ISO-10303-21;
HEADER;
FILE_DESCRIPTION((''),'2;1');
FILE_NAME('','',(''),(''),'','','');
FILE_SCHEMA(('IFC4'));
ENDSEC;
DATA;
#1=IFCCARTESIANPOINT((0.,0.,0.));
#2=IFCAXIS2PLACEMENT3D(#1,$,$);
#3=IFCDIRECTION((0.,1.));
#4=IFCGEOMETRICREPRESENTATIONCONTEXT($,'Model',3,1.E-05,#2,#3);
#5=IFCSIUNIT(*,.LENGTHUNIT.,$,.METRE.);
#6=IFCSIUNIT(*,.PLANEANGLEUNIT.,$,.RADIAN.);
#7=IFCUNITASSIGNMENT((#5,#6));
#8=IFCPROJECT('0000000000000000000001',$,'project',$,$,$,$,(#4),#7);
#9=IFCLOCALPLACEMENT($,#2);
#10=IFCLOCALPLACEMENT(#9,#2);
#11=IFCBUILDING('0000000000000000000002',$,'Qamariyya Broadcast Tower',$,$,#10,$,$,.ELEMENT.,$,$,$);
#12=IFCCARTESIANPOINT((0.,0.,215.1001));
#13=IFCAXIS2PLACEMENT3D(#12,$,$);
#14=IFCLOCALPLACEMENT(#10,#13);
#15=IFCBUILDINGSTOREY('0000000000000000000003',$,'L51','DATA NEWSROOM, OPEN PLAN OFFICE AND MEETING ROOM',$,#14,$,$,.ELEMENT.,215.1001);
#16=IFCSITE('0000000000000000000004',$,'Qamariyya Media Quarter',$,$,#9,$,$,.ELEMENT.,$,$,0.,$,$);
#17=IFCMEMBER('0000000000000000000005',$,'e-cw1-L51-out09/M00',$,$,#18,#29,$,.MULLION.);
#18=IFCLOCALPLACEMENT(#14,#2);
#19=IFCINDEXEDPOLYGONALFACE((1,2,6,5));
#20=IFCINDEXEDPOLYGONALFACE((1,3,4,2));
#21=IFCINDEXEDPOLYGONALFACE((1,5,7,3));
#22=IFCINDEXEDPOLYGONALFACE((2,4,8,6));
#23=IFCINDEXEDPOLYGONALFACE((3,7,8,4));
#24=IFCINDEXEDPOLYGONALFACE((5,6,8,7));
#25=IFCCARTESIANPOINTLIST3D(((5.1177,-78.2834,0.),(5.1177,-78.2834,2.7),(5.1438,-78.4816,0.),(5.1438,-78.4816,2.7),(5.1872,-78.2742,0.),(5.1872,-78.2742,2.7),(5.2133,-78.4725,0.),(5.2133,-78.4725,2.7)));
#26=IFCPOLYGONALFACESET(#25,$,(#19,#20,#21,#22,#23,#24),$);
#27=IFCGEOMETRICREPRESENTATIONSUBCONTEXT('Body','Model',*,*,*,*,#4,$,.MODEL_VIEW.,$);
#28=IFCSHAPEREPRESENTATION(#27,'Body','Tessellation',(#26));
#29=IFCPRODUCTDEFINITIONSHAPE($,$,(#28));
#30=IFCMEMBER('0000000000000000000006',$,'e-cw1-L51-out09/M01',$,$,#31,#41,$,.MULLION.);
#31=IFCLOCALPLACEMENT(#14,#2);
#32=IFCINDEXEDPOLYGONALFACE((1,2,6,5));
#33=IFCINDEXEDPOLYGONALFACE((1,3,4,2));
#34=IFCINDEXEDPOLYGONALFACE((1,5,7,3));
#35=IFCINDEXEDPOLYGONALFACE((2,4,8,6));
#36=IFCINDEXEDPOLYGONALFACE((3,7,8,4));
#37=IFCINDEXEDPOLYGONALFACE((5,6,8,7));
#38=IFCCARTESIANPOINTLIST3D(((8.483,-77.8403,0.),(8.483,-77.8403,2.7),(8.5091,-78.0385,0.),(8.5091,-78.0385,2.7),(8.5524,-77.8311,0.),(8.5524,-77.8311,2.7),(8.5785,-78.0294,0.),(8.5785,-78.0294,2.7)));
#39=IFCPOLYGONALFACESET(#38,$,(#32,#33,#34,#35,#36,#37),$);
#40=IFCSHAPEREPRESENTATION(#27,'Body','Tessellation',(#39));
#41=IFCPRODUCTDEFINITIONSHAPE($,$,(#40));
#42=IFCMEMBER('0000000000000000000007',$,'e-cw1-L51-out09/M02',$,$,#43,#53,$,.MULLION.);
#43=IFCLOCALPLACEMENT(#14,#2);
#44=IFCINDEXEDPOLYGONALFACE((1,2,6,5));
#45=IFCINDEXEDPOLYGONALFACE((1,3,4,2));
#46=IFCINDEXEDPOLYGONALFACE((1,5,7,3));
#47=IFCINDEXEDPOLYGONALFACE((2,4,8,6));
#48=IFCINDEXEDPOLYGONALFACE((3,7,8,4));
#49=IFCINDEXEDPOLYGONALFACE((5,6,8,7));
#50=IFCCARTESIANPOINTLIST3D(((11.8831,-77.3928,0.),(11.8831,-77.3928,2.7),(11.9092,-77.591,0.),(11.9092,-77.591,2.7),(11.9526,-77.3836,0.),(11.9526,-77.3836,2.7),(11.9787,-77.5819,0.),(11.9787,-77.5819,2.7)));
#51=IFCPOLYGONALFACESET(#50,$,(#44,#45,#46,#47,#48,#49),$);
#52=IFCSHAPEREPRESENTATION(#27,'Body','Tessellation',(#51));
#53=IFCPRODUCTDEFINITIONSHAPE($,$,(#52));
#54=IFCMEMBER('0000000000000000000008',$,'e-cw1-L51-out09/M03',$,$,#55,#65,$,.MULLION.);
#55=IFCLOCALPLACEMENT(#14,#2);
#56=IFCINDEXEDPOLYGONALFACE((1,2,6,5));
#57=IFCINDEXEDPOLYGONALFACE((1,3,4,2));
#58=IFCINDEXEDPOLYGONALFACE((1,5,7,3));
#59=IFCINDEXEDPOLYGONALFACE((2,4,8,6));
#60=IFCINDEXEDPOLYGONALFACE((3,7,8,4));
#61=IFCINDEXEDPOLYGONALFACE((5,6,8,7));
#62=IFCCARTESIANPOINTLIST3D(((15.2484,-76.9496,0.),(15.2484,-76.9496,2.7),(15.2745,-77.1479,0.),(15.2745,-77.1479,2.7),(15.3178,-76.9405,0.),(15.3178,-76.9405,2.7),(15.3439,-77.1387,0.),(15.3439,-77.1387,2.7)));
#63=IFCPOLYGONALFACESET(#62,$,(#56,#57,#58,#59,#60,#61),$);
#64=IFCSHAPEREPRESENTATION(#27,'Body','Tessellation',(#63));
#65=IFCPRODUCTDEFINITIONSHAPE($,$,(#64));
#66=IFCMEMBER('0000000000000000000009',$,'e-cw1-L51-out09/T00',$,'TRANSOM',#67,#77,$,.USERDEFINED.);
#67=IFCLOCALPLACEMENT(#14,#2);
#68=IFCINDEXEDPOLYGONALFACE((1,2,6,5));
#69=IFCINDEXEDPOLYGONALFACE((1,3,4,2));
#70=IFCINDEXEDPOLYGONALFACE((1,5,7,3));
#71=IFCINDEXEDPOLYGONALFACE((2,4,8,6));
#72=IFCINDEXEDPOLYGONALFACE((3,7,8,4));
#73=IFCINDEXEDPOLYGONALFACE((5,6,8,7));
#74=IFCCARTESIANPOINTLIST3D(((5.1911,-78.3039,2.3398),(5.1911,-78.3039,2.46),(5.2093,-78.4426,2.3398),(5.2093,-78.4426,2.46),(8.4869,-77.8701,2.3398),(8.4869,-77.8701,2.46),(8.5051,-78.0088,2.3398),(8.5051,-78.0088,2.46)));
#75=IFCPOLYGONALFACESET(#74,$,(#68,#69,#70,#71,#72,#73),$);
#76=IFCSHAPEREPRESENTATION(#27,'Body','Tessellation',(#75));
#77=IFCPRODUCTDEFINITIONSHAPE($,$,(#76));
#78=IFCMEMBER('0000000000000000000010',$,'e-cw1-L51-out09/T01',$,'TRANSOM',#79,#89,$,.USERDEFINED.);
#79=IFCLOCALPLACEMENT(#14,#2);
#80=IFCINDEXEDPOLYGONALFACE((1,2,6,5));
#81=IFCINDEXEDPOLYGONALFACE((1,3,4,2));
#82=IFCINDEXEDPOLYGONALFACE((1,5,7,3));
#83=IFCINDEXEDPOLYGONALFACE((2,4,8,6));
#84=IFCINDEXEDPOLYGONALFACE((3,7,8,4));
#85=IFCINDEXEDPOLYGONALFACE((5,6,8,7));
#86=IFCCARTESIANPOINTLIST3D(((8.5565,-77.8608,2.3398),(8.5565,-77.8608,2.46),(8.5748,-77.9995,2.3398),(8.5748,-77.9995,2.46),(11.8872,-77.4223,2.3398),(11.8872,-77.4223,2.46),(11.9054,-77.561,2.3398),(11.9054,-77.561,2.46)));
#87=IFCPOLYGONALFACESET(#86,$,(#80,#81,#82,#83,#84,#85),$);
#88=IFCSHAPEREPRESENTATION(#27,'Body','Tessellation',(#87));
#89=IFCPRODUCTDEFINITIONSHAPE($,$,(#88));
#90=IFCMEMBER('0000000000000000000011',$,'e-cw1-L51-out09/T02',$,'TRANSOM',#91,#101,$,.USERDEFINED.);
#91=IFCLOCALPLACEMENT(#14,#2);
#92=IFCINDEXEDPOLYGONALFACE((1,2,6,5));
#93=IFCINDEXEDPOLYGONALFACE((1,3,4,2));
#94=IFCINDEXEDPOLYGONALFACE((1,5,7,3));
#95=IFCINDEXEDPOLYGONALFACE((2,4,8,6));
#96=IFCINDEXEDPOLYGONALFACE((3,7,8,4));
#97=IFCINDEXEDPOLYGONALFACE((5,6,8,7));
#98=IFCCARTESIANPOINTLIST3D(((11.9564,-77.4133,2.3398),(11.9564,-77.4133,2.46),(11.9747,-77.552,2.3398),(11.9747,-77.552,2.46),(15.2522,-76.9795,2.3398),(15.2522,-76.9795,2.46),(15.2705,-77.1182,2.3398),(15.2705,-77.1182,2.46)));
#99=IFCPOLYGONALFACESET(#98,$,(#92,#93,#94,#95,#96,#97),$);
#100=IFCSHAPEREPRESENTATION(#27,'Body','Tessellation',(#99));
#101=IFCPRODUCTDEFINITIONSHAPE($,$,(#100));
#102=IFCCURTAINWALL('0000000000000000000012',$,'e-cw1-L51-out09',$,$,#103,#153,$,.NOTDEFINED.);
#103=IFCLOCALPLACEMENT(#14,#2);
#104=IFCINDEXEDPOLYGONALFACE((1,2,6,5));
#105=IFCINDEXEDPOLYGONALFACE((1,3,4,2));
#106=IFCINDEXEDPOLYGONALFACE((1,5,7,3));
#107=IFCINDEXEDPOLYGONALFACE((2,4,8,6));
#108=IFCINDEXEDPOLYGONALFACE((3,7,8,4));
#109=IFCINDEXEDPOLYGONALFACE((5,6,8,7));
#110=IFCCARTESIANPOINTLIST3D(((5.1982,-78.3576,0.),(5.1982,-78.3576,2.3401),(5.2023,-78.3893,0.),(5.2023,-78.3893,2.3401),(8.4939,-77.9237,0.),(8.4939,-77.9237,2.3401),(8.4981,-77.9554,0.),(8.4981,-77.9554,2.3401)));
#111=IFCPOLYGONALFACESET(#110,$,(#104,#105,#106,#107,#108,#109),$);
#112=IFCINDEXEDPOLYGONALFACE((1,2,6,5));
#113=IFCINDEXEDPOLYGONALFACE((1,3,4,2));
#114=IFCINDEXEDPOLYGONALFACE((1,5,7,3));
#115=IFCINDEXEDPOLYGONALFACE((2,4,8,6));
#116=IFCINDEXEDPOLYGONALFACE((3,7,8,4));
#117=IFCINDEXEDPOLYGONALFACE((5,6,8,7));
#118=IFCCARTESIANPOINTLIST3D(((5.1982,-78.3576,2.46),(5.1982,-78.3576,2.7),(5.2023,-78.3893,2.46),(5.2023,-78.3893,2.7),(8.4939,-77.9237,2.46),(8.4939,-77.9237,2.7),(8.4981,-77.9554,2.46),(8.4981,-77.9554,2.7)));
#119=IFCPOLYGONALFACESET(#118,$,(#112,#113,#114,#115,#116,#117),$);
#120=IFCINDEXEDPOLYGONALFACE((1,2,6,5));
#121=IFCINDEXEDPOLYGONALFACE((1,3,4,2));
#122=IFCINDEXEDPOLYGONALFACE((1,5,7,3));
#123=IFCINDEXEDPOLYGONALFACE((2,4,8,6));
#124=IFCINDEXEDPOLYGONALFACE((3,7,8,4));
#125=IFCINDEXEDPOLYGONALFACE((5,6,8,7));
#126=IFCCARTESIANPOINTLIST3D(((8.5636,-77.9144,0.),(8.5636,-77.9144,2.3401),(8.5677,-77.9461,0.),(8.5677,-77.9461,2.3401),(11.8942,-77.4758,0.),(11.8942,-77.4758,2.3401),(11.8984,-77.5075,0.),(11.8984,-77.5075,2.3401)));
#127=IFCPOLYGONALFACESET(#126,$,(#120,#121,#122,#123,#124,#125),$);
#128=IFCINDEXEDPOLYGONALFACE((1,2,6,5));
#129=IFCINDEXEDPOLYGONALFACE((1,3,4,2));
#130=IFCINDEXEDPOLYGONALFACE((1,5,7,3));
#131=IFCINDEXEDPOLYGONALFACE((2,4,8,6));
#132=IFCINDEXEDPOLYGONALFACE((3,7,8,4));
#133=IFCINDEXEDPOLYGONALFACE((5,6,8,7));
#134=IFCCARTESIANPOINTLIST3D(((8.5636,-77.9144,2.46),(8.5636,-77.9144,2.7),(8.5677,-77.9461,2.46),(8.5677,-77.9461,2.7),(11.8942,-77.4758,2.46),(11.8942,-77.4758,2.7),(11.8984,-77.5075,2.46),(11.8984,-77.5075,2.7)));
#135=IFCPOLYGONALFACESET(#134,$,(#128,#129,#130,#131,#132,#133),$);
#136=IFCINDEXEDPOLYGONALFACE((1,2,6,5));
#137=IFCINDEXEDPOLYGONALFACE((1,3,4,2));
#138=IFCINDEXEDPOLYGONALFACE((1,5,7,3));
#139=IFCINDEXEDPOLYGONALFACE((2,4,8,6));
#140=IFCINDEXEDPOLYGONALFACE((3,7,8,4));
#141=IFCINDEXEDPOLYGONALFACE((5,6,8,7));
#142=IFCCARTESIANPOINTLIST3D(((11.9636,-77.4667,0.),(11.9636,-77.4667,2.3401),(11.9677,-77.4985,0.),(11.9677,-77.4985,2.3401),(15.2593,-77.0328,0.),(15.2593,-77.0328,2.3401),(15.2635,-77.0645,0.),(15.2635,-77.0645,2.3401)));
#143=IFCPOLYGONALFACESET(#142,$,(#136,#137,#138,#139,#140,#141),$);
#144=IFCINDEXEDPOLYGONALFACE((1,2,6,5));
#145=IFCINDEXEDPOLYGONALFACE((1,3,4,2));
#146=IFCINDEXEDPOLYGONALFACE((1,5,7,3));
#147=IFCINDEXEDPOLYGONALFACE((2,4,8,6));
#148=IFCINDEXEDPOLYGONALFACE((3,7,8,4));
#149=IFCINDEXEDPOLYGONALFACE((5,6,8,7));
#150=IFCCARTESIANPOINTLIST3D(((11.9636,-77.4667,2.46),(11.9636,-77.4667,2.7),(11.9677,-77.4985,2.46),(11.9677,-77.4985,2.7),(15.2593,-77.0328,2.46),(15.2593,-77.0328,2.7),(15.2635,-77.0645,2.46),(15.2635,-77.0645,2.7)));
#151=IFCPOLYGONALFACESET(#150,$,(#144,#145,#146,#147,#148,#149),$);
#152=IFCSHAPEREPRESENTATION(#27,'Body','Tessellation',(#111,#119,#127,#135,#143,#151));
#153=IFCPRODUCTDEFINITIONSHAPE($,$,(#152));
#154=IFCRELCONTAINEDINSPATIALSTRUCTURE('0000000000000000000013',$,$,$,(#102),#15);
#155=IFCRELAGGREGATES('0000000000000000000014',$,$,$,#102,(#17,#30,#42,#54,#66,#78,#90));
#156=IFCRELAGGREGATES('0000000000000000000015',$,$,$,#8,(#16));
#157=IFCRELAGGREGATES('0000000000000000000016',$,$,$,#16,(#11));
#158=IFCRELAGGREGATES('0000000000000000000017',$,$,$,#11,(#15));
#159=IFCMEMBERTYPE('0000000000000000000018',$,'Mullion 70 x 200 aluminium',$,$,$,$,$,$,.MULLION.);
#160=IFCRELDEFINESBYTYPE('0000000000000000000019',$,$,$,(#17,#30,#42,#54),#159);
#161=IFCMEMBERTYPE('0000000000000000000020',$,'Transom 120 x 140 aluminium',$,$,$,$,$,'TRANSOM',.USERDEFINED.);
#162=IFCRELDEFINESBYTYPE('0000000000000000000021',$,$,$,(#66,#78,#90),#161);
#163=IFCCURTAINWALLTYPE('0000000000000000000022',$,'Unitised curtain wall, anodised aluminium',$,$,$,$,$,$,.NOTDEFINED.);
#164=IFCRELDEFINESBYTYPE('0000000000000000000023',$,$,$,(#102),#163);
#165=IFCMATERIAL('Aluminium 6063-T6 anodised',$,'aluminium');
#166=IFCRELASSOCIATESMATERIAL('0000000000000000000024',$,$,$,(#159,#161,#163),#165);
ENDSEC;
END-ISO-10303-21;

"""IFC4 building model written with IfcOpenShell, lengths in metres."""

from ifc_helpers import new_model, si_unit, direction, frame, origin, origin_2d, place, context, subcontext, project, spatial, rectangle, extrude, material, material_profile, profile_set, type_object, element, aggregate, save


model = new_model("IFC4")

# Units and contexts
model_context = context("Model", 3, precision=1e-05, world=origin(), true_north=direction((0.0, 1.0)))
body_context = subcontext(model_context, "Body", "Model", "MODEL_VIEW")
ifc_project = project(units=[si_unit("LENGTHUNIT", "METRE"), si_unit("PLANEANGLEUNIT", "RADIAN")], contexts=[model_context])

# Members
ifc_material = material(Name="Aluminium 6063-T6 anodised", Category="aluminium")
ifc_material_profile_1 = material_profile(ifc_material, rectangle(XDim=0.2, YDim=0.0701, at=origin_2d()))
ifc_profile_set_1 = profile_set([ifc_material_profile_1], Name="Aluminium 6063-T6 anodised")
member_type_1 = type_object("IfcMemberType", Name="Mullion 70 x 200 aluminium", PredefinedType="MULLION", material=ifc_profile_set_1)
site_placement = place(None, origin())
building_placement = place(site_placement, origin())
storey_placement = place(building_placement, frame((0.0, 0.0, 215.1001)))
member_1_placement = place(storey_placement, frame((5.1655, -78.3779, 0.0), z_axis=(0.0, 0.0, 1.0), x_axis=(-0.130526, 0.991445, 0.0)))
member_1 = element("IfcMember", 1, at=member_1_placement, type_object=member_type_1, Name="e-cw1-L51-out09/M00", PredefinedType="MULLION", context=body_context, shape_type="SweptSolid", body=[
    extrude(rectangle(XDim=0.2, YDim=0.0701, at=origin_2d()), origin(), (0.0, 0.0, 1.0), 2.7),
])
member_2_placement = place(storey_placement, frame((8.5308, -77.9348, 0.0), z_axis=(0.0, 0.0, 1.0), x_axis=(-0.130526, 0.991445, 0.0)))
member_2 = element("IfcMember", 2, at=member_2_placement, type_object=member_type_1, Name="e-cw1-L51-out09/M01", PredefinedType="MULLION", context=body_context, shape_type="SweptSolid", body=[
    extrude(rectangle(XDim=0.2, YDim=0.0701, at=origin_2d()), origin(), (0.0, 0.0, 1.0), 2.7),
])
member_3_placement = place(storey_placement, frame((11.9309, -77.4873, 0.0), z_axis=(0.0, 0.0, 1.0), x_axis=(-0.130526, 0.991445, 0.0)))
member_3 = element("IfcMember", 3, at=member_3_placement, type_object=member_type_1, Name="e-cw1-L51-out09/M02", PredefinedType="MULLION", context=body_context, shape_type="SweptSolid", body=[
    extrude(rectangle(XDim=0.2, YDim=0.0701, at=origin_2d()), origin(), (0.0, 0.0, 1.0), 2.7),
])
member_4_placement = place(storey_placement, frame((15.2961, -77.0442, 0.0), z_axis=(0.0, 0.0, 1.0), x_axis=(-0.130526, 0.991445, 0.0)))
member_4 = element("IfcMember", 4, at=member_4_placement, type_object=member_type_1, Name="e-cw1-L51-out09/M03", PredefinedType="MULLION", context=body_context, shape_type="SweptSolid", body=[
    extrude(rectangle(XDim=0.2, YDim=0.0701, at=origin_2d()), origin(), (0.0, 0.0, 1.0), 2.7),
])
ifc_material_profile_2 = material_profile(ifc_material, rectangle(XDim=0.1399, YDim=0.1201, at=origin_2d()))
ifc_profile_set_2 = profile_set([ifc_material_profile_2], Name="Aluminium 6063-T6 anodised")
member_type_2 = type_object("IfcMemberType", Name="Transom 120 x 140 aluminium", ElementType="TRANSOM", PredefinedType="USERDEFINED", material=ifc_profile_set_2)
member_5_placement = place(storey_placement, frame((5.2002, -78.3733, 2.3999), z_axis=(0.991448, 0.130504, 0.0), x_axis=(-0.130504, 0.991448, 0.0)))
member_5 = element("IfcMember", 5, at=member_5_placement, type_object=member_type_2, Name="e-cw1-L51-out09/T00", ObjectType="TRANSOM", PredefinedType="USERDEFINED", context=body_context, shape_type="SweptSolid", body=[
    extrude(rectangle(XDim=0.1399, YDim=0.1201, at=origin_2d()), origin(), (0.0, 0.0, 1.0), 3.3242),
])
member_6_placement = place(storey_placement, frame((8.5657, -77.9302, 2.3999), z_axis=(0.991445, 0.130526, 0.0), x_axis=(-0.130526, 0.991445, 0.0)))
member_6 = element("IfcMember", 6, at=member_6_placement, type_object=member_type_2, Name="e-cw1-L51-out09/T01", ObjectType="TRANSOM", PredefinedType="USERDEFINED", context=body_context, shape_type="SweptSolid", body=[
    extrude(rectangle(XDim=0.1399, YDim=0.1201, at=origin_2d()), origin(), (0.0, 0.0, 1.0), 3.3594),
])
member_7_placement = place(storey_placement, frame((11.9656, -77.4827, 2.3999), z_axis=(0.991448, 0.130504, 0.0), x_axis=(-0.130504, 0.991448, 0.0)))
member_7 = element("IfcMember", 7, at=member_7_placement, type_object=member_type_2, Name="e-cw1-L51-out09/T02", ObjectType="TRANSOM", PredefinedType="USERDEFINED", context=body_context, shape_type="SweptSolid", body=[
    extrude(rectangle(XDim=0.1399, YDim=0.1201, at=origin_2d()), origin(), (0.0, 0.0, 1.0), 3.3242),
])

# Site, building, storey
site = spatial("IfcSite", under=ifc_project, at=site_placement, Name="Qamariyya Media Quarter", CompositionType="ELEMENT", RefElevation=0.0)
building = spatial("IfcBuilding", under=site, at=building_placement, Name="Qamariyya Broadcast Tower", CompositionType="ELEMENT")
storey = spatial("IfcBuildingStorey", under=building, at=storey_placement, Name="L51", Description="DATA NEWSROOM, OPEN PLAN OFFICE AND MEETING ROOM", CompositionType="ELEMENT", Elevation=215.1001)

# Curtain wall
curtain_wall_type = type_object("IfcCurtainWallType", Name="Unitised curtain wall, anodised aluminium", PredefinedType="NOTDEFINED", material=ifc_material)
curtain_wall_1_placement = place(storey_placement, origin())
curtain_wall_1 = element("IfcCurtainWall", 8, at=curtain_wall_1_placement, inside=storey, type_object=curtain_wall_type, Name="e-cw1-L51-out09", PredefinedType="NOTDEFINED", context=body_context, shape_type="SweptSolid", body=[
    extrude(rectangle(XDim=3.3242, YDim=0.032, at=origin_2d()), frame((6.8481, -78.1565, 0.0), x_axis=(0.991443, 0.130542, 0.0)), (0.0, 0.0, 1.0), 2.3401),
    extrude(rectangle(XDim=3.3242, YDim=0.032, at=origin_2d()), frame((6.8481, -78.1565, 2.46), x_axis=(0.991443, 0.130542, 0.0)), (0.0, 0.0, 1.0), 0.24),
    extrude(rectangle(XDim=3.3594, YDim=0.032, at=origin_2d()), frame((10.231, -77.7109, 0.0), x_axis=(0.991443, 0.130542, 0.0)), (0.0, 0.0, 1.0), 2.3401),
    extrude(rectangle(XDim=3.3594, YDim=0.032, at=origin_2d()), frame((10.231, -77.7109, 2.46), x_axis=(0.991443, 0.130542, 0.0)), (0.0, 0.0, 1.0), 0.24),
    extrude(rectangle(XDim=3.3242, YDim=0.032, at=origin_2d()), frame((13.6135, -77.2656, 0.0), x_axis=(0.991443, 0.130542, 0.0)), (0.0, 0.0, 1.0), 2.3401),
    extrude(rectangle(XDim=3.3242, YDim=0.032, at=origin_2d()), frame((13.6135, -77.2656, 2.46), x_axis=(0.991443, 0.130542, 0.0)), (0.0, 0.0, 1.0), 0.24),
])
aggregate(curtain_wall_1, [member_1, member_2, member_3, member_4, member_5, member_6, member_7])

save(model, "model.ifc")
